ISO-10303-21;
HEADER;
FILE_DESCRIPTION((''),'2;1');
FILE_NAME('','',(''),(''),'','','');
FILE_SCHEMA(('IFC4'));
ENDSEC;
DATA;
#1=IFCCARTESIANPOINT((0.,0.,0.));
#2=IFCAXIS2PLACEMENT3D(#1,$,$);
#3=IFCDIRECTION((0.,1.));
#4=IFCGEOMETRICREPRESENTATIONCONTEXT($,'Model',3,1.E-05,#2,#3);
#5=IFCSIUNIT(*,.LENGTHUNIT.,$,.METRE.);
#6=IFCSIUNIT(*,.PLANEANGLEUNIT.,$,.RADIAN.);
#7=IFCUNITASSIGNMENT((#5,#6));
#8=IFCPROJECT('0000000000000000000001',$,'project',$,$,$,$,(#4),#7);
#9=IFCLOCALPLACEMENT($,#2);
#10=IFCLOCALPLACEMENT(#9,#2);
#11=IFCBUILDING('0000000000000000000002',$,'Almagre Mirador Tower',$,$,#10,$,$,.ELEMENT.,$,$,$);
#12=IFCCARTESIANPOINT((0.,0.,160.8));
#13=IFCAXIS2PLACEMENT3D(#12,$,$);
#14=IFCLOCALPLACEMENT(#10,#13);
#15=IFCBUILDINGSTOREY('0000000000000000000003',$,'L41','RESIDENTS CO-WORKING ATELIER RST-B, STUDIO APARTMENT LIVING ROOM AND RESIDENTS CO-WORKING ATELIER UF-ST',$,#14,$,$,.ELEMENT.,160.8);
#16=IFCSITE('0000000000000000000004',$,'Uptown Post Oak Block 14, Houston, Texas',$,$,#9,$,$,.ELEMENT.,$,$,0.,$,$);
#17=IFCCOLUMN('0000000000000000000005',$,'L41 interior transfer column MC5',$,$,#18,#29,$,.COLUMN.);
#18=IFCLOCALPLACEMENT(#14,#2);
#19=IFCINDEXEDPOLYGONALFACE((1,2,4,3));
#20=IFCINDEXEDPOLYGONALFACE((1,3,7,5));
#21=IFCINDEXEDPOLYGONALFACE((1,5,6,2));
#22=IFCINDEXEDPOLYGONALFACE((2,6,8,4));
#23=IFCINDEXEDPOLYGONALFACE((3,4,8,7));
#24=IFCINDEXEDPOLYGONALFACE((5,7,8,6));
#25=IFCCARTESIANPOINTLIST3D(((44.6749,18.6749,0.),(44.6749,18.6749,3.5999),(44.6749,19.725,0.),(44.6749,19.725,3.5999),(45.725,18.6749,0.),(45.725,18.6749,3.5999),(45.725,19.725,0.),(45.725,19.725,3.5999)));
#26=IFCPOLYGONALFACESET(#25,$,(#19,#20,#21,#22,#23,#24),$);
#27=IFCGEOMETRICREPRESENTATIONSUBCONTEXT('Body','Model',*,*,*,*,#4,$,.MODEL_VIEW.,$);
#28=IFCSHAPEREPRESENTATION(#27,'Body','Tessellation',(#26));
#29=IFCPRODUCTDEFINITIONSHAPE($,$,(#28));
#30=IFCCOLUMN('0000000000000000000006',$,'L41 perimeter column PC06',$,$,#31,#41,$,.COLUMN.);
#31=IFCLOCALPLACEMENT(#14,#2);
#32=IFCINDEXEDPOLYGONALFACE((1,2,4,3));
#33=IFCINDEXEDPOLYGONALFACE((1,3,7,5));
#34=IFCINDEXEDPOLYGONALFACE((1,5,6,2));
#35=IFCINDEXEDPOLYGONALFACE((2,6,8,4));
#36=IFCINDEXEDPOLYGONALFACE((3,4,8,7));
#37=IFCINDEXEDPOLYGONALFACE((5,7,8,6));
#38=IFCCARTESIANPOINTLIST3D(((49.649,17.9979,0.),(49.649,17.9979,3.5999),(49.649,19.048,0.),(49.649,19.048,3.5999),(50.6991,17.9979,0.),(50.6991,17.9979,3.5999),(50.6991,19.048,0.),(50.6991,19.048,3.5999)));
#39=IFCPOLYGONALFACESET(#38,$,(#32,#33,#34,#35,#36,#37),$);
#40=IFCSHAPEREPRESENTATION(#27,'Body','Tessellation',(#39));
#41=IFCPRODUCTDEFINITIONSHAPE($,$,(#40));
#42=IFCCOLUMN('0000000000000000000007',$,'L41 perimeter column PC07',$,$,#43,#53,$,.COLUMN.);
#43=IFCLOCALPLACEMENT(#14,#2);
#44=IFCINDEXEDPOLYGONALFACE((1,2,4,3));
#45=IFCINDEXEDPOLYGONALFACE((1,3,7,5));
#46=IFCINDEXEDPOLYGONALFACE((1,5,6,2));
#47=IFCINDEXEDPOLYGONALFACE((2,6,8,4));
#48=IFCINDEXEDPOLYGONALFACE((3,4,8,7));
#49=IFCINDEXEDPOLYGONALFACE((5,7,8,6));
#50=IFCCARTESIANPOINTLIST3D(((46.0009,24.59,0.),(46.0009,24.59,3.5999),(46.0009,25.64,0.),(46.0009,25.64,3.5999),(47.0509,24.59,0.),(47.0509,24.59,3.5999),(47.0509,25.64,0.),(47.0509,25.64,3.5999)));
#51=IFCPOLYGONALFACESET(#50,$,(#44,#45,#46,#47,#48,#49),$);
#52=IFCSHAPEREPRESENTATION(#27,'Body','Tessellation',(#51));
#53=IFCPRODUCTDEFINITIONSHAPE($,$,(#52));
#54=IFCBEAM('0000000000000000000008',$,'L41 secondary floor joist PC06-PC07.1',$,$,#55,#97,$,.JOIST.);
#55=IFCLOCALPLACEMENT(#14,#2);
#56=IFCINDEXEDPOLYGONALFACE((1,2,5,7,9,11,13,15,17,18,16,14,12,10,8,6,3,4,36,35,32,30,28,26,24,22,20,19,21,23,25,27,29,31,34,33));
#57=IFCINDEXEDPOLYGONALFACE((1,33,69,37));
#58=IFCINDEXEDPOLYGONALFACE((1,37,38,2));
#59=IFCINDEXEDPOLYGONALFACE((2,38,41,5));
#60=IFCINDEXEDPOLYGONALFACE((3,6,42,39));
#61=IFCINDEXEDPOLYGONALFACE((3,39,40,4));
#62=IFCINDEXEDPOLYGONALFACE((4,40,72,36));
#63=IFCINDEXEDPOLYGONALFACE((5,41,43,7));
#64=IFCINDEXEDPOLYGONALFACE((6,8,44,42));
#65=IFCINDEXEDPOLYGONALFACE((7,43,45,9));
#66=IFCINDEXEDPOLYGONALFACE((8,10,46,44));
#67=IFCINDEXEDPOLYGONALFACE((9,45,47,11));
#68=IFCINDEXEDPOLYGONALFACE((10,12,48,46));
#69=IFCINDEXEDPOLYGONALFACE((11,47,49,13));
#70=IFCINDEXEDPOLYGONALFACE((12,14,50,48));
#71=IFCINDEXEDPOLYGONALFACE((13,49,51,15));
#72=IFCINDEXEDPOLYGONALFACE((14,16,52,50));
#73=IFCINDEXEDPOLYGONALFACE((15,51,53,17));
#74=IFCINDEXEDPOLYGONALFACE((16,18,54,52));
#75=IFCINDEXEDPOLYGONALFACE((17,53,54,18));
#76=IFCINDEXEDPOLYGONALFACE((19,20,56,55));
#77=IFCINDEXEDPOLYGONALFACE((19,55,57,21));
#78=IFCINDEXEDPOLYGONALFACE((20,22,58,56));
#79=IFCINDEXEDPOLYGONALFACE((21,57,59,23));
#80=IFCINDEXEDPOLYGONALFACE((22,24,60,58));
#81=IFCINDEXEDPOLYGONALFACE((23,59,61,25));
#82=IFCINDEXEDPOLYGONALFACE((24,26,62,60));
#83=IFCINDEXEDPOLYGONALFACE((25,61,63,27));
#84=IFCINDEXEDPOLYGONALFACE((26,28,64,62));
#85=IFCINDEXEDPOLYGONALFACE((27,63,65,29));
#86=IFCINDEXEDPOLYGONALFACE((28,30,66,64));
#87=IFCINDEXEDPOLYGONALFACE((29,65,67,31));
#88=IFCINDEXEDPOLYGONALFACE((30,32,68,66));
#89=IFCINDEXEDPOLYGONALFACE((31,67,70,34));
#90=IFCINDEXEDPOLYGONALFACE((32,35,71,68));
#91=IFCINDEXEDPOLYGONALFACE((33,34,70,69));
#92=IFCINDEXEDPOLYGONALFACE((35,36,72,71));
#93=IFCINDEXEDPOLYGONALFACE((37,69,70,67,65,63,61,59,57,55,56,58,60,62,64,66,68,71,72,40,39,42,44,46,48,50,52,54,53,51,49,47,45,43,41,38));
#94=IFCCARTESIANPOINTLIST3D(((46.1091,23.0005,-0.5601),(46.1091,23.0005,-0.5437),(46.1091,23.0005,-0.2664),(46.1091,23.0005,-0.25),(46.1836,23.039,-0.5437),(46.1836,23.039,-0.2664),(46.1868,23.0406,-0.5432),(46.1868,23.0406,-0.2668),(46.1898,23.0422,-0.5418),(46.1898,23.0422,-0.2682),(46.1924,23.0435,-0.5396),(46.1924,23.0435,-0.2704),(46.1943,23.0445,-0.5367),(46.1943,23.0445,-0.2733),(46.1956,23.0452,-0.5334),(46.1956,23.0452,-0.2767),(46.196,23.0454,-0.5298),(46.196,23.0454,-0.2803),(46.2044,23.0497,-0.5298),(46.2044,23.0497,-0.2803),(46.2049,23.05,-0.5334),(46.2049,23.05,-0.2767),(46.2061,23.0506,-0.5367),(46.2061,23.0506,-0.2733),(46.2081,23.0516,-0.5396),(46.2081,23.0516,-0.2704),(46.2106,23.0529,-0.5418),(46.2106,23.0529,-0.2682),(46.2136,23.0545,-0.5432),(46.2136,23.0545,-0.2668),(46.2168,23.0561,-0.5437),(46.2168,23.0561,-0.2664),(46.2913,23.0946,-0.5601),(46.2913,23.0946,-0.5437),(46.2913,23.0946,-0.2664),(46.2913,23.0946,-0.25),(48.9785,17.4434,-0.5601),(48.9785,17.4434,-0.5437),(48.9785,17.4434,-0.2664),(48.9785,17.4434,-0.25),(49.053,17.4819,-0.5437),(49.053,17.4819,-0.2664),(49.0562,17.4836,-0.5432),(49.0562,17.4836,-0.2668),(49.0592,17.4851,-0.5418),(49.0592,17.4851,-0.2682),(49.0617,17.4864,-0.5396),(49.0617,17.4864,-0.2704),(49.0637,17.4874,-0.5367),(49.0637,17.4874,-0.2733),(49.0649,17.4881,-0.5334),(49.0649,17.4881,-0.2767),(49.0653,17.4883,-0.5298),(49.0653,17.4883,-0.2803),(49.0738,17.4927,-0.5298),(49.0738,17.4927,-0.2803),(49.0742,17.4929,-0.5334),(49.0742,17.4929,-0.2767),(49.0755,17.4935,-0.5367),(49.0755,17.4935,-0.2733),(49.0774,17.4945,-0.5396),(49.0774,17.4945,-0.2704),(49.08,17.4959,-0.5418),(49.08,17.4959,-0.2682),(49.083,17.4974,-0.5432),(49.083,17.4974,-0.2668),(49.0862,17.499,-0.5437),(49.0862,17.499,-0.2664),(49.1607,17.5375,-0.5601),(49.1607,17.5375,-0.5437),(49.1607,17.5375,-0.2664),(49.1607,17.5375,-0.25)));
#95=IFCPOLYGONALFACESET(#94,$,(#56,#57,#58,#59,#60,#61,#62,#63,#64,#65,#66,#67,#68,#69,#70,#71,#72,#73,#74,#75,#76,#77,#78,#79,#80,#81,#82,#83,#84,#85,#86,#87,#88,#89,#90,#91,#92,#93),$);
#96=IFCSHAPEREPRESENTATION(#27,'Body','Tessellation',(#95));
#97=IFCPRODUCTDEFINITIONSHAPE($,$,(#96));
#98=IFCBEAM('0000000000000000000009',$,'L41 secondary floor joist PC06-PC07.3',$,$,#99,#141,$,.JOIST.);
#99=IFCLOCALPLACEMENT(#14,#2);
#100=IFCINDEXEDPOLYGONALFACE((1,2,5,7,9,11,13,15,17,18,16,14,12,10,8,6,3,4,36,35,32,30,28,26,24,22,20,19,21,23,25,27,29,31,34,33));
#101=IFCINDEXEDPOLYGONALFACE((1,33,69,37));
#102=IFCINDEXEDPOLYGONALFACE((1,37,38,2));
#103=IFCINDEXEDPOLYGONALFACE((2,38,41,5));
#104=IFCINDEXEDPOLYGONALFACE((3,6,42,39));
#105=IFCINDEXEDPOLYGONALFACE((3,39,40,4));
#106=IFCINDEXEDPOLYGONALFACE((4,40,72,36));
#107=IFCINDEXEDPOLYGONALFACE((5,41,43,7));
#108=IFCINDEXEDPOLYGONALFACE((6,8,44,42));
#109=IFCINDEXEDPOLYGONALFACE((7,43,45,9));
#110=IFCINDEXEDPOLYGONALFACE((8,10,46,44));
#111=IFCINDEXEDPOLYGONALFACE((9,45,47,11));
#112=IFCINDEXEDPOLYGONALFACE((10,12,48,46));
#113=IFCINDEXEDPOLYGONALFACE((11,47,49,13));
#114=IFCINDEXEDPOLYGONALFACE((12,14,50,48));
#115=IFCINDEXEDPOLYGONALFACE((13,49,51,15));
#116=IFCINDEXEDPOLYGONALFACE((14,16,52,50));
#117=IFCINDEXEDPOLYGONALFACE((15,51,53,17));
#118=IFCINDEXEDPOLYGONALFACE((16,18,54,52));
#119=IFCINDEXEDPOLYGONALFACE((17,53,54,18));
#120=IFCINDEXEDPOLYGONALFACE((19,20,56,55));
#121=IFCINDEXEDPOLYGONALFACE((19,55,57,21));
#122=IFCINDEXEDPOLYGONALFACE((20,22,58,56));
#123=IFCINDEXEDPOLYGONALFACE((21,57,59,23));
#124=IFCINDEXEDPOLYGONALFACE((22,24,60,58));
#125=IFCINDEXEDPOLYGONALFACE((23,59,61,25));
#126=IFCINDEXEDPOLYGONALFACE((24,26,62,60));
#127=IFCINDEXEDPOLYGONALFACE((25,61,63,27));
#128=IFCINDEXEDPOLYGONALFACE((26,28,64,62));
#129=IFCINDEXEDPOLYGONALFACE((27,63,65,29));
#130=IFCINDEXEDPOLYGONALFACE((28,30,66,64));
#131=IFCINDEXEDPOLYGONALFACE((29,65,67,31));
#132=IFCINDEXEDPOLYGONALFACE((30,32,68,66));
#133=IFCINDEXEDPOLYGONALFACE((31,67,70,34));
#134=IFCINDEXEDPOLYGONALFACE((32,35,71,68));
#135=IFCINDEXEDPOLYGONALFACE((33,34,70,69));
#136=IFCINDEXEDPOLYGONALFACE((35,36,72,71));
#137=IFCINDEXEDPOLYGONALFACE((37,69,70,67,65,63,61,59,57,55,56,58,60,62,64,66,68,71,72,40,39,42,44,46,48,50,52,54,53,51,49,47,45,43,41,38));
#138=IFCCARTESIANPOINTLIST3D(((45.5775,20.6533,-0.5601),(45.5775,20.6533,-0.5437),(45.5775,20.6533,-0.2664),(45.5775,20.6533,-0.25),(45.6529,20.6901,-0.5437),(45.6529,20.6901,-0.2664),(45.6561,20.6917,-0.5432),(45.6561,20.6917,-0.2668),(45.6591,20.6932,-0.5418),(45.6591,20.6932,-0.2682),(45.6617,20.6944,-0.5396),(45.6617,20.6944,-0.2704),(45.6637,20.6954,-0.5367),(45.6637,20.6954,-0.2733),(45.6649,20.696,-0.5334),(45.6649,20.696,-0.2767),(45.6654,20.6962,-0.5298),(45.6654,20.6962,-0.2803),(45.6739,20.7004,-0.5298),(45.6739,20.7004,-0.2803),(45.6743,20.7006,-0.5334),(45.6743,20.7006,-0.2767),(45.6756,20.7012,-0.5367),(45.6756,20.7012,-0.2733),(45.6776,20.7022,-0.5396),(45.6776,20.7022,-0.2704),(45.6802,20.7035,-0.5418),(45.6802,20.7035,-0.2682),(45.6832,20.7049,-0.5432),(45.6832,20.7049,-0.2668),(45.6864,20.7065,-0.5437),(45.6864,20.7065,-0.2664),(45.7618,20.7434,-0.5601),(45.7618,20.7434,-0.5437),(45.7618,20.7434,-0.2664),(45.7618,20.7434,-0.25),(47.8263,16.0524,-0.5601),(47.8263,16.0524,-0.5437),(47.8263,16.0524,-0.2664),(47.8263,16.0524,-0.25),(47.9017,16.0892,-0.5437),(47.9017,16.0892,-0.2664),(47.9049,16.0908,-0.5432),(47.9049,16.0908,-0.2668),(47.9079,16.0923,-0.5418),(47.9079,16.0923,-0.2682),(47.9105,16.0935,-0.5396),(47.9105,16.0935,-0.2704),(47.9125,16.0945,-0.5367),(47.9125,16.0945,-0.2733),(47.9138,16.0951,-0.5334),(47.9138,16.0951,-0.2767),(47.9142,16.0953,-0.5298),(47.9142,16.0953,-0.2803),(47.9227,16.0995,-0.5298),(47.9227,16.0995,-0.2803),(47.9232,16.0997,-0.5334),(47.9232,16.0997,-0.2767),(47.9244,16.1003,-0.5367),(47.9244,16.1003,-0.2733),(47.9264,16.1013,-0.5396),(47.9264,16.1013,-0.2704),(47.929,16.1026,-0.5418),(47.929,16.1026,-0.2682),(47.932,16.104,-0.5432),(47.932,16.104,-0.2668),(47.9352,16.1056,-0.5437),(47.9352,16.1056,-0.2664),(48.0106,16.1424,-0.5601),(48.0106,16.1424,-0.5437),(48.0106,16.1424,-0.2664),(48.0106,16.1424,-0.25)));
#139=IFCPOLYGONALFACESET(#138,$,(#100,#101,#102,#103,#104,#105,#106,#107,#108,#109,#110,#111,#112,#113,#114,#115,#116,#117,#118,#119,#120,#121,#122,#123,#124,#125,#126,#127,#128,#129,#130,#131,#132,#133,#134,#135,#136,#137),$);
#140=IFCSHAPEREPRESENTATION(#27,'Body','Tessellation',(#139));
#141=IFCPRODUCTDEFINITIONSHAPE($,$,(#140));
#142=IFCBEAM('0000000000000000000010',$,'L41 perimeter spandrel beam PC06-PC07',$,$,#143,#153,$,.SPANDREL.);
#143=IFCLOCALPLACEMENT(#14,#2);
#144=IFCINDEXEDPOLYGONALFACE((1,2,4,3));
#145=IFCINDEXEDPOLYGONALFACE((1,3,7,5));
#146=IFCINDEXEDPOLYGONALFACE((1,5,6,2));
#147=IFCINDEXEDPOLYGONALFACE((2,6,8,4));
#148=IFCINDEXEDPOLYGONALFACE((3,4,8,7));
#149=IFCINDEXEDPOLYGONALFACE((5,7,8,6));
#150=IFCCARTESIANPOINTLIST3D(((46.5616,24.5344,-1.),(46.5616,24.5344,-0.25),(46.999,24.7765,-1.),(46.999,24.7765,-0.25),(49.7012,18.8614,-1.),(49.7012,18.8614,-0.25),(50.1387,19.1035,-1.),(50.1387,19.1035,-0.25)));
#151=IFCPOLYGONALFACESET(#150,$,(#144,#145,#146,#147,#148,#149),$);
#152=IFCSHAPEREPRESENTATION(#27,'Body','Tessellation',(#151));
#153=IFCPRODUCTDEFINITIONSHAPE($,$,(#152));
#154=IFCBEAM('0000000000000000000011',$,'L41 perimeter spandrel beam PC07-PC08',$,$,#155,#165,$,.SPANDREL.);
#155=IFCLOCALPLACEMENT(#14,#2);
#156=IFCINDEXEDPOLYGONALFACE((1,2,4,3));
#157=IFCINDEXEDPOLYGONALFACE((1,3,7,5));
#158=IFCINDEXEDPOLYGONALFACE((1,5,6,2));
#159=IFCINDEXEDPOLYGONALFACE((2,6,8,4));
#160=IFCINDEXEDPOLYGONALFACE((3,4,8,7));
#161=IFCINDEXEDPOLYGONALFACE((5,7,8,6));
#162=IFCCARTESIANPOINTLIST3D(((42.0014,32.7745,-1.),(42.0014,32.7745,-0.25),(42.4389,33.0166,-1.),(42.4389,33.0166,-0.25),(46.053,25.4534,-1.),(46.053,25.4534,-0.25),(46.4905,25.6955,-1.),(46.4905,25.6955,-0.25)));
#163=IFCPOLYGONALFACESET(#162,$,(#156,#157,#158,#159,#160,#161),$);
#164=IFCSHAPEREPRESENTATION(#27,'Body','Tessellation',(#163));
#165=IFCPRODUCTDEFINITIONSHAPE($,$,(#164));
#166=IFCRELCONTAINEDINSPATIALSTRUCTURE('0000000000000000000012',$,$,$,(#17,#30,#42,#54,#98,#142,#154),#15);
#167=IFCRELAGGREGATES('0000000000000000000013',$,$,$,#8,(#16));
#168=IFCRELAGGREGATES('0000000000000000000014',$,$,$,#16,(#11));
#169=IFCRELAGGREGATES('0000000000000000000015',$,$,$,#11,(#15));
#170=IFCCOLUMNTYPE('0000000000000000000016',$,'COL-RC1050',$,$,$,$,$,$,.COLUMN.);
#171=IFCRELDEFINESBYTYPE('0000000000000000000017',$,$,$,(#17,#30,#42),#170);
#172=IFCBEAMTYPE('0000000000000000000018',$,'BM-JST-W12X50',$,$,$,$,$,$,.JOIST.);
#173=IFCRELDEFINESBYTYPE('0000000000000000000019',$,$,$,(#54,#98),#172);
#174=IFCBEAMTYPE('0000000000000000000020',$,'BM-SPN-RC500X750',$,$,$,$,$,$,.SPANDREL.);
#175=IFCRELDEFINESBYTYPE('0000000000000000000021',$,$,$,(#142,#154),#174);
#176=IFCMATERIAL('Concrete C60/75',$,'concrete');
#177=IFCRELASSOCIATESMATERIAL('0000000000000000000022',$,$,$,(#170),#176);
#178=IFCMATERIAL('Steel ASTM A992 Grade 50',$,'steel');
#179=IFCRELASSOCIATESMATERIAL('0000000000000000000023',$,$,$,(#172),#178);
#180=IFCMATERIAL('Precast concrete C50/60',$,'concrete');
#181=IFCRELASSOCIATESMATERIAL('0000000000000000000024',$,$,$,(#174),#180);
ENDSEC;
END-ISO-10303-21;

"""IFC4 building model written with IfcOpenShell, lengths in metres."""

from ifc_helpers import new_model, si_unit, direction, frame, origin, origin_2d, place, context, subcontext, project, spatial, rectangle, i_section, extrude, material, material_profile, profile_set, type_object, element, save


model = new_model("IFC4")

# Units and contexts
model_context = context("Model", 3, precision=1e-05, world=origin(), true_north=direction((0.0, 1.0)))
body_context = subcontext(model_context, "Body", "Model", "MODEL_VIEW")
ifc_project = project(units=[si_unit("LENGTHUNIT", "METRE"), si_unit("PLANEANGLEUNIT", "RADIAN")], contexts=[model_context])

# Site, building, storey
site_placement = place(None, origin())
site = spatial("IfcSite", under=ifc_project, at=site_placement, Name="Uptown Post Oak Block 14, Houston, Texas", CompositionType="ELEMENT", RefElevation=0.0)
building_placement = place(site_placement, origin())
building = spatial("IfcBuilding", under=site, at=building_placement, Name="Almagre Mirador Tower", CompositionType="ELEMENT")
storey_placement = place(building_placement, frame((0.0, 0.0, 160.8)))
storey = spatial("IfcBuildingStorey", under=building, at=storey_placement, Name="L41", Description="RESIDENTS CO-WORKING ATELIER RST-B, STUDIO APARTMENT LIVING ROOM AND RESIDENTS CO-WORKING ATELIER UF-ST", CompositionType="ELEMENT", Elevation=160.8)

# Columns
ifc_material_1 = material(Name="Concrete C60/75", Category="concrete")
ifc_material_profile_1 = material_profile(ifc_material_1, rectangle(XDim=1.05, YDim=1.05, at=origin_2d()), Name="RC1050X1050")
ifc_profile_set_1 = profile_set([ifc_material_profile_1], Name="Concrete C60/75")
column_type = type_object("IfcColumnType", Name="COL-RC1050", PredefinedType="COLUMN", material=ifc_profile_set_1)
for number, where, z_axis, x_axis, name in (
    (1, (45.2, 19.2, 0.0), (0.0, 0.0, 1.0), (1.0, 0.0, 0.0), "L41 interior transfer column MC5"),
    (2, (50.1741, 18.5229, 0.0), (0.0, 0.0, 1.0), (1.0, 0.0, 0.0), "L41 perimeter column PC06"),
    (3, (46.5259, 25.115, 0.0), (0.0, 0.0, 1.0), (1.0, 0.0, 0.0), "L41 perimeter column PC07"),
):
    element("IfcColumn", number, at=place(storey_placement, frame(where, z_axis=z_axis, x_axis=x_axis)), inside=storey, type_object=column_type, Name=name, PredefinedType="COLUMN", context=body_context, shape_type="SweptSolid", body=[
        extrude(rectangle(XDim=1.05, YDim=1.05, at=origin_2d()), origin(), (0.0, 0.0, 1.0), 3.5999),
    ])

# Beams
ifc_material_2 = material(Name="Steel ASTM A992 Grade 50", Category="steel")
ifc_material_profile_2 = material_profile(ifc_material_2, i_section(OverallWidth=0.2051, OverallDepth=0.3101, WebThickness=0.0095, FlangeThickness=0.0164, FilletRadius=0.0139, at=origin_2d()), Name="W12X50")
ifc_profile_set_2 = profile_set([ifc_material_profile_2], Name="Steel ASTM A992 Grade 50")
beam_type_1 = type_object("IfcBeamType", Name="BM-JST-W12X50", PredefinedType="JOIST", material=ifc_profile_set_2)
beam_1_placement = place(storey_placement, frame((49.0696, 17.4905, -0.405), z_axis=(-0.458793, 0.888543, 0.0), x_axis=(-0.888543, -0.458793, 0.0)))
element("IfcBeam", 4, at=beam_1_placement, inside=storey, type_object=beam_type_1, Name="L41 secondary floor joist PC06-PC07.1", PredefinedType="JOIST", context=body_context, shape_type="SweptSolid", body=[
    extrude(i_section(OverallWidth=0.2051, OverallDepth=0.3101, WebThickness=0.0095, FlangeThickness=0.0164, FilletRadius=0.0139, at=origin_2d()), origin(), (0.0, 0.0, 1.0), 6.2542),
])
beam_2_placement = place(storey_placement, frame((47.9185, 16.0974, -0.405), z_axis=(-0.439129, 0.898424, 0.0), x_axis=(-0.898424, -0.439129, 0.0)))
element("IfcBeam", 5, at=beam_2_placement, inside=storey, type_object=beam_type_1, Name="L41 secondary floor joist PC06-PC07.3", PredefinedType="JOIST", context=body_context, shape_type="SweptSolid", body=[
    extrude(i_section(OverallWidth=0.2051, OverallDepth=0.3101, WebThickness=0.0095, FlangeThickness=0.0164, FilletRadius=0.0139, at=origin_2d()), origin(), (0.0, 0.0, 1.0), 5.1211),
])
ifc_material_3 = material(Name="Precast concrete C50/60", Category="concrete")
ifc_material_profile_3 = material_profile(ifc_material_3, rectangle(XDim=0.5, YDim=0.75, at=origin_2d()), Name="RC500X750")
ifc_profile_set_3 = profile_set([ifc_material_profile_3], Name="Precast concrete C50/60")
beam_type_2 = type_object("IfcBeamType", Name="BM-SPN-RC500X750", PredefinedType="SPANDREL", material=ifc_profile_set_3)
beam_3_placement = place(storey_placement, frame((49.9199, 18.9824, -0.625), z_axis=(-0.48422, 0.874946, 0.0), x_axis=(-0.874946, -0.48422, 0.0)))
element("IfcBeam", 6, at=beam_3_placement, inside=storey, type_object=beam_type_2, Name="L41 perimeter spandrel beam PC06-PC07", PredefinedType="SPANDREL", context=body_context, shape_type="SweptSolid", body=[
    extrude(rectangle(XDim=0.5, YDim=0.75, at=origin_2d()), origin(), (0.0, 0.0, 1.0), 6.4839),
])
beam_4_placement = place(storey_placement, frame((46.2717, 25.5745, -0.625), z_axis=(-0.484205, 0.874954, 0.0), x_axis=(-0.874954, -0.484205, 0.0)))
element("IfcBeam", 7, at=beam_4_placement, inside=storey, type_object=beam_type_2, Name="L41 perimeter spandrel beam PC07-PC08", PredefinedType="SPANDREL", context=body_context, shape_type="SweptSolid", body=[
    extrude(rectangle(XDim=0.5, YDim=0.75, at=origin_2d()), origin(), (0.0, 0.0, 1.0), 8.3674),
])

save(model, "model.ifc")
